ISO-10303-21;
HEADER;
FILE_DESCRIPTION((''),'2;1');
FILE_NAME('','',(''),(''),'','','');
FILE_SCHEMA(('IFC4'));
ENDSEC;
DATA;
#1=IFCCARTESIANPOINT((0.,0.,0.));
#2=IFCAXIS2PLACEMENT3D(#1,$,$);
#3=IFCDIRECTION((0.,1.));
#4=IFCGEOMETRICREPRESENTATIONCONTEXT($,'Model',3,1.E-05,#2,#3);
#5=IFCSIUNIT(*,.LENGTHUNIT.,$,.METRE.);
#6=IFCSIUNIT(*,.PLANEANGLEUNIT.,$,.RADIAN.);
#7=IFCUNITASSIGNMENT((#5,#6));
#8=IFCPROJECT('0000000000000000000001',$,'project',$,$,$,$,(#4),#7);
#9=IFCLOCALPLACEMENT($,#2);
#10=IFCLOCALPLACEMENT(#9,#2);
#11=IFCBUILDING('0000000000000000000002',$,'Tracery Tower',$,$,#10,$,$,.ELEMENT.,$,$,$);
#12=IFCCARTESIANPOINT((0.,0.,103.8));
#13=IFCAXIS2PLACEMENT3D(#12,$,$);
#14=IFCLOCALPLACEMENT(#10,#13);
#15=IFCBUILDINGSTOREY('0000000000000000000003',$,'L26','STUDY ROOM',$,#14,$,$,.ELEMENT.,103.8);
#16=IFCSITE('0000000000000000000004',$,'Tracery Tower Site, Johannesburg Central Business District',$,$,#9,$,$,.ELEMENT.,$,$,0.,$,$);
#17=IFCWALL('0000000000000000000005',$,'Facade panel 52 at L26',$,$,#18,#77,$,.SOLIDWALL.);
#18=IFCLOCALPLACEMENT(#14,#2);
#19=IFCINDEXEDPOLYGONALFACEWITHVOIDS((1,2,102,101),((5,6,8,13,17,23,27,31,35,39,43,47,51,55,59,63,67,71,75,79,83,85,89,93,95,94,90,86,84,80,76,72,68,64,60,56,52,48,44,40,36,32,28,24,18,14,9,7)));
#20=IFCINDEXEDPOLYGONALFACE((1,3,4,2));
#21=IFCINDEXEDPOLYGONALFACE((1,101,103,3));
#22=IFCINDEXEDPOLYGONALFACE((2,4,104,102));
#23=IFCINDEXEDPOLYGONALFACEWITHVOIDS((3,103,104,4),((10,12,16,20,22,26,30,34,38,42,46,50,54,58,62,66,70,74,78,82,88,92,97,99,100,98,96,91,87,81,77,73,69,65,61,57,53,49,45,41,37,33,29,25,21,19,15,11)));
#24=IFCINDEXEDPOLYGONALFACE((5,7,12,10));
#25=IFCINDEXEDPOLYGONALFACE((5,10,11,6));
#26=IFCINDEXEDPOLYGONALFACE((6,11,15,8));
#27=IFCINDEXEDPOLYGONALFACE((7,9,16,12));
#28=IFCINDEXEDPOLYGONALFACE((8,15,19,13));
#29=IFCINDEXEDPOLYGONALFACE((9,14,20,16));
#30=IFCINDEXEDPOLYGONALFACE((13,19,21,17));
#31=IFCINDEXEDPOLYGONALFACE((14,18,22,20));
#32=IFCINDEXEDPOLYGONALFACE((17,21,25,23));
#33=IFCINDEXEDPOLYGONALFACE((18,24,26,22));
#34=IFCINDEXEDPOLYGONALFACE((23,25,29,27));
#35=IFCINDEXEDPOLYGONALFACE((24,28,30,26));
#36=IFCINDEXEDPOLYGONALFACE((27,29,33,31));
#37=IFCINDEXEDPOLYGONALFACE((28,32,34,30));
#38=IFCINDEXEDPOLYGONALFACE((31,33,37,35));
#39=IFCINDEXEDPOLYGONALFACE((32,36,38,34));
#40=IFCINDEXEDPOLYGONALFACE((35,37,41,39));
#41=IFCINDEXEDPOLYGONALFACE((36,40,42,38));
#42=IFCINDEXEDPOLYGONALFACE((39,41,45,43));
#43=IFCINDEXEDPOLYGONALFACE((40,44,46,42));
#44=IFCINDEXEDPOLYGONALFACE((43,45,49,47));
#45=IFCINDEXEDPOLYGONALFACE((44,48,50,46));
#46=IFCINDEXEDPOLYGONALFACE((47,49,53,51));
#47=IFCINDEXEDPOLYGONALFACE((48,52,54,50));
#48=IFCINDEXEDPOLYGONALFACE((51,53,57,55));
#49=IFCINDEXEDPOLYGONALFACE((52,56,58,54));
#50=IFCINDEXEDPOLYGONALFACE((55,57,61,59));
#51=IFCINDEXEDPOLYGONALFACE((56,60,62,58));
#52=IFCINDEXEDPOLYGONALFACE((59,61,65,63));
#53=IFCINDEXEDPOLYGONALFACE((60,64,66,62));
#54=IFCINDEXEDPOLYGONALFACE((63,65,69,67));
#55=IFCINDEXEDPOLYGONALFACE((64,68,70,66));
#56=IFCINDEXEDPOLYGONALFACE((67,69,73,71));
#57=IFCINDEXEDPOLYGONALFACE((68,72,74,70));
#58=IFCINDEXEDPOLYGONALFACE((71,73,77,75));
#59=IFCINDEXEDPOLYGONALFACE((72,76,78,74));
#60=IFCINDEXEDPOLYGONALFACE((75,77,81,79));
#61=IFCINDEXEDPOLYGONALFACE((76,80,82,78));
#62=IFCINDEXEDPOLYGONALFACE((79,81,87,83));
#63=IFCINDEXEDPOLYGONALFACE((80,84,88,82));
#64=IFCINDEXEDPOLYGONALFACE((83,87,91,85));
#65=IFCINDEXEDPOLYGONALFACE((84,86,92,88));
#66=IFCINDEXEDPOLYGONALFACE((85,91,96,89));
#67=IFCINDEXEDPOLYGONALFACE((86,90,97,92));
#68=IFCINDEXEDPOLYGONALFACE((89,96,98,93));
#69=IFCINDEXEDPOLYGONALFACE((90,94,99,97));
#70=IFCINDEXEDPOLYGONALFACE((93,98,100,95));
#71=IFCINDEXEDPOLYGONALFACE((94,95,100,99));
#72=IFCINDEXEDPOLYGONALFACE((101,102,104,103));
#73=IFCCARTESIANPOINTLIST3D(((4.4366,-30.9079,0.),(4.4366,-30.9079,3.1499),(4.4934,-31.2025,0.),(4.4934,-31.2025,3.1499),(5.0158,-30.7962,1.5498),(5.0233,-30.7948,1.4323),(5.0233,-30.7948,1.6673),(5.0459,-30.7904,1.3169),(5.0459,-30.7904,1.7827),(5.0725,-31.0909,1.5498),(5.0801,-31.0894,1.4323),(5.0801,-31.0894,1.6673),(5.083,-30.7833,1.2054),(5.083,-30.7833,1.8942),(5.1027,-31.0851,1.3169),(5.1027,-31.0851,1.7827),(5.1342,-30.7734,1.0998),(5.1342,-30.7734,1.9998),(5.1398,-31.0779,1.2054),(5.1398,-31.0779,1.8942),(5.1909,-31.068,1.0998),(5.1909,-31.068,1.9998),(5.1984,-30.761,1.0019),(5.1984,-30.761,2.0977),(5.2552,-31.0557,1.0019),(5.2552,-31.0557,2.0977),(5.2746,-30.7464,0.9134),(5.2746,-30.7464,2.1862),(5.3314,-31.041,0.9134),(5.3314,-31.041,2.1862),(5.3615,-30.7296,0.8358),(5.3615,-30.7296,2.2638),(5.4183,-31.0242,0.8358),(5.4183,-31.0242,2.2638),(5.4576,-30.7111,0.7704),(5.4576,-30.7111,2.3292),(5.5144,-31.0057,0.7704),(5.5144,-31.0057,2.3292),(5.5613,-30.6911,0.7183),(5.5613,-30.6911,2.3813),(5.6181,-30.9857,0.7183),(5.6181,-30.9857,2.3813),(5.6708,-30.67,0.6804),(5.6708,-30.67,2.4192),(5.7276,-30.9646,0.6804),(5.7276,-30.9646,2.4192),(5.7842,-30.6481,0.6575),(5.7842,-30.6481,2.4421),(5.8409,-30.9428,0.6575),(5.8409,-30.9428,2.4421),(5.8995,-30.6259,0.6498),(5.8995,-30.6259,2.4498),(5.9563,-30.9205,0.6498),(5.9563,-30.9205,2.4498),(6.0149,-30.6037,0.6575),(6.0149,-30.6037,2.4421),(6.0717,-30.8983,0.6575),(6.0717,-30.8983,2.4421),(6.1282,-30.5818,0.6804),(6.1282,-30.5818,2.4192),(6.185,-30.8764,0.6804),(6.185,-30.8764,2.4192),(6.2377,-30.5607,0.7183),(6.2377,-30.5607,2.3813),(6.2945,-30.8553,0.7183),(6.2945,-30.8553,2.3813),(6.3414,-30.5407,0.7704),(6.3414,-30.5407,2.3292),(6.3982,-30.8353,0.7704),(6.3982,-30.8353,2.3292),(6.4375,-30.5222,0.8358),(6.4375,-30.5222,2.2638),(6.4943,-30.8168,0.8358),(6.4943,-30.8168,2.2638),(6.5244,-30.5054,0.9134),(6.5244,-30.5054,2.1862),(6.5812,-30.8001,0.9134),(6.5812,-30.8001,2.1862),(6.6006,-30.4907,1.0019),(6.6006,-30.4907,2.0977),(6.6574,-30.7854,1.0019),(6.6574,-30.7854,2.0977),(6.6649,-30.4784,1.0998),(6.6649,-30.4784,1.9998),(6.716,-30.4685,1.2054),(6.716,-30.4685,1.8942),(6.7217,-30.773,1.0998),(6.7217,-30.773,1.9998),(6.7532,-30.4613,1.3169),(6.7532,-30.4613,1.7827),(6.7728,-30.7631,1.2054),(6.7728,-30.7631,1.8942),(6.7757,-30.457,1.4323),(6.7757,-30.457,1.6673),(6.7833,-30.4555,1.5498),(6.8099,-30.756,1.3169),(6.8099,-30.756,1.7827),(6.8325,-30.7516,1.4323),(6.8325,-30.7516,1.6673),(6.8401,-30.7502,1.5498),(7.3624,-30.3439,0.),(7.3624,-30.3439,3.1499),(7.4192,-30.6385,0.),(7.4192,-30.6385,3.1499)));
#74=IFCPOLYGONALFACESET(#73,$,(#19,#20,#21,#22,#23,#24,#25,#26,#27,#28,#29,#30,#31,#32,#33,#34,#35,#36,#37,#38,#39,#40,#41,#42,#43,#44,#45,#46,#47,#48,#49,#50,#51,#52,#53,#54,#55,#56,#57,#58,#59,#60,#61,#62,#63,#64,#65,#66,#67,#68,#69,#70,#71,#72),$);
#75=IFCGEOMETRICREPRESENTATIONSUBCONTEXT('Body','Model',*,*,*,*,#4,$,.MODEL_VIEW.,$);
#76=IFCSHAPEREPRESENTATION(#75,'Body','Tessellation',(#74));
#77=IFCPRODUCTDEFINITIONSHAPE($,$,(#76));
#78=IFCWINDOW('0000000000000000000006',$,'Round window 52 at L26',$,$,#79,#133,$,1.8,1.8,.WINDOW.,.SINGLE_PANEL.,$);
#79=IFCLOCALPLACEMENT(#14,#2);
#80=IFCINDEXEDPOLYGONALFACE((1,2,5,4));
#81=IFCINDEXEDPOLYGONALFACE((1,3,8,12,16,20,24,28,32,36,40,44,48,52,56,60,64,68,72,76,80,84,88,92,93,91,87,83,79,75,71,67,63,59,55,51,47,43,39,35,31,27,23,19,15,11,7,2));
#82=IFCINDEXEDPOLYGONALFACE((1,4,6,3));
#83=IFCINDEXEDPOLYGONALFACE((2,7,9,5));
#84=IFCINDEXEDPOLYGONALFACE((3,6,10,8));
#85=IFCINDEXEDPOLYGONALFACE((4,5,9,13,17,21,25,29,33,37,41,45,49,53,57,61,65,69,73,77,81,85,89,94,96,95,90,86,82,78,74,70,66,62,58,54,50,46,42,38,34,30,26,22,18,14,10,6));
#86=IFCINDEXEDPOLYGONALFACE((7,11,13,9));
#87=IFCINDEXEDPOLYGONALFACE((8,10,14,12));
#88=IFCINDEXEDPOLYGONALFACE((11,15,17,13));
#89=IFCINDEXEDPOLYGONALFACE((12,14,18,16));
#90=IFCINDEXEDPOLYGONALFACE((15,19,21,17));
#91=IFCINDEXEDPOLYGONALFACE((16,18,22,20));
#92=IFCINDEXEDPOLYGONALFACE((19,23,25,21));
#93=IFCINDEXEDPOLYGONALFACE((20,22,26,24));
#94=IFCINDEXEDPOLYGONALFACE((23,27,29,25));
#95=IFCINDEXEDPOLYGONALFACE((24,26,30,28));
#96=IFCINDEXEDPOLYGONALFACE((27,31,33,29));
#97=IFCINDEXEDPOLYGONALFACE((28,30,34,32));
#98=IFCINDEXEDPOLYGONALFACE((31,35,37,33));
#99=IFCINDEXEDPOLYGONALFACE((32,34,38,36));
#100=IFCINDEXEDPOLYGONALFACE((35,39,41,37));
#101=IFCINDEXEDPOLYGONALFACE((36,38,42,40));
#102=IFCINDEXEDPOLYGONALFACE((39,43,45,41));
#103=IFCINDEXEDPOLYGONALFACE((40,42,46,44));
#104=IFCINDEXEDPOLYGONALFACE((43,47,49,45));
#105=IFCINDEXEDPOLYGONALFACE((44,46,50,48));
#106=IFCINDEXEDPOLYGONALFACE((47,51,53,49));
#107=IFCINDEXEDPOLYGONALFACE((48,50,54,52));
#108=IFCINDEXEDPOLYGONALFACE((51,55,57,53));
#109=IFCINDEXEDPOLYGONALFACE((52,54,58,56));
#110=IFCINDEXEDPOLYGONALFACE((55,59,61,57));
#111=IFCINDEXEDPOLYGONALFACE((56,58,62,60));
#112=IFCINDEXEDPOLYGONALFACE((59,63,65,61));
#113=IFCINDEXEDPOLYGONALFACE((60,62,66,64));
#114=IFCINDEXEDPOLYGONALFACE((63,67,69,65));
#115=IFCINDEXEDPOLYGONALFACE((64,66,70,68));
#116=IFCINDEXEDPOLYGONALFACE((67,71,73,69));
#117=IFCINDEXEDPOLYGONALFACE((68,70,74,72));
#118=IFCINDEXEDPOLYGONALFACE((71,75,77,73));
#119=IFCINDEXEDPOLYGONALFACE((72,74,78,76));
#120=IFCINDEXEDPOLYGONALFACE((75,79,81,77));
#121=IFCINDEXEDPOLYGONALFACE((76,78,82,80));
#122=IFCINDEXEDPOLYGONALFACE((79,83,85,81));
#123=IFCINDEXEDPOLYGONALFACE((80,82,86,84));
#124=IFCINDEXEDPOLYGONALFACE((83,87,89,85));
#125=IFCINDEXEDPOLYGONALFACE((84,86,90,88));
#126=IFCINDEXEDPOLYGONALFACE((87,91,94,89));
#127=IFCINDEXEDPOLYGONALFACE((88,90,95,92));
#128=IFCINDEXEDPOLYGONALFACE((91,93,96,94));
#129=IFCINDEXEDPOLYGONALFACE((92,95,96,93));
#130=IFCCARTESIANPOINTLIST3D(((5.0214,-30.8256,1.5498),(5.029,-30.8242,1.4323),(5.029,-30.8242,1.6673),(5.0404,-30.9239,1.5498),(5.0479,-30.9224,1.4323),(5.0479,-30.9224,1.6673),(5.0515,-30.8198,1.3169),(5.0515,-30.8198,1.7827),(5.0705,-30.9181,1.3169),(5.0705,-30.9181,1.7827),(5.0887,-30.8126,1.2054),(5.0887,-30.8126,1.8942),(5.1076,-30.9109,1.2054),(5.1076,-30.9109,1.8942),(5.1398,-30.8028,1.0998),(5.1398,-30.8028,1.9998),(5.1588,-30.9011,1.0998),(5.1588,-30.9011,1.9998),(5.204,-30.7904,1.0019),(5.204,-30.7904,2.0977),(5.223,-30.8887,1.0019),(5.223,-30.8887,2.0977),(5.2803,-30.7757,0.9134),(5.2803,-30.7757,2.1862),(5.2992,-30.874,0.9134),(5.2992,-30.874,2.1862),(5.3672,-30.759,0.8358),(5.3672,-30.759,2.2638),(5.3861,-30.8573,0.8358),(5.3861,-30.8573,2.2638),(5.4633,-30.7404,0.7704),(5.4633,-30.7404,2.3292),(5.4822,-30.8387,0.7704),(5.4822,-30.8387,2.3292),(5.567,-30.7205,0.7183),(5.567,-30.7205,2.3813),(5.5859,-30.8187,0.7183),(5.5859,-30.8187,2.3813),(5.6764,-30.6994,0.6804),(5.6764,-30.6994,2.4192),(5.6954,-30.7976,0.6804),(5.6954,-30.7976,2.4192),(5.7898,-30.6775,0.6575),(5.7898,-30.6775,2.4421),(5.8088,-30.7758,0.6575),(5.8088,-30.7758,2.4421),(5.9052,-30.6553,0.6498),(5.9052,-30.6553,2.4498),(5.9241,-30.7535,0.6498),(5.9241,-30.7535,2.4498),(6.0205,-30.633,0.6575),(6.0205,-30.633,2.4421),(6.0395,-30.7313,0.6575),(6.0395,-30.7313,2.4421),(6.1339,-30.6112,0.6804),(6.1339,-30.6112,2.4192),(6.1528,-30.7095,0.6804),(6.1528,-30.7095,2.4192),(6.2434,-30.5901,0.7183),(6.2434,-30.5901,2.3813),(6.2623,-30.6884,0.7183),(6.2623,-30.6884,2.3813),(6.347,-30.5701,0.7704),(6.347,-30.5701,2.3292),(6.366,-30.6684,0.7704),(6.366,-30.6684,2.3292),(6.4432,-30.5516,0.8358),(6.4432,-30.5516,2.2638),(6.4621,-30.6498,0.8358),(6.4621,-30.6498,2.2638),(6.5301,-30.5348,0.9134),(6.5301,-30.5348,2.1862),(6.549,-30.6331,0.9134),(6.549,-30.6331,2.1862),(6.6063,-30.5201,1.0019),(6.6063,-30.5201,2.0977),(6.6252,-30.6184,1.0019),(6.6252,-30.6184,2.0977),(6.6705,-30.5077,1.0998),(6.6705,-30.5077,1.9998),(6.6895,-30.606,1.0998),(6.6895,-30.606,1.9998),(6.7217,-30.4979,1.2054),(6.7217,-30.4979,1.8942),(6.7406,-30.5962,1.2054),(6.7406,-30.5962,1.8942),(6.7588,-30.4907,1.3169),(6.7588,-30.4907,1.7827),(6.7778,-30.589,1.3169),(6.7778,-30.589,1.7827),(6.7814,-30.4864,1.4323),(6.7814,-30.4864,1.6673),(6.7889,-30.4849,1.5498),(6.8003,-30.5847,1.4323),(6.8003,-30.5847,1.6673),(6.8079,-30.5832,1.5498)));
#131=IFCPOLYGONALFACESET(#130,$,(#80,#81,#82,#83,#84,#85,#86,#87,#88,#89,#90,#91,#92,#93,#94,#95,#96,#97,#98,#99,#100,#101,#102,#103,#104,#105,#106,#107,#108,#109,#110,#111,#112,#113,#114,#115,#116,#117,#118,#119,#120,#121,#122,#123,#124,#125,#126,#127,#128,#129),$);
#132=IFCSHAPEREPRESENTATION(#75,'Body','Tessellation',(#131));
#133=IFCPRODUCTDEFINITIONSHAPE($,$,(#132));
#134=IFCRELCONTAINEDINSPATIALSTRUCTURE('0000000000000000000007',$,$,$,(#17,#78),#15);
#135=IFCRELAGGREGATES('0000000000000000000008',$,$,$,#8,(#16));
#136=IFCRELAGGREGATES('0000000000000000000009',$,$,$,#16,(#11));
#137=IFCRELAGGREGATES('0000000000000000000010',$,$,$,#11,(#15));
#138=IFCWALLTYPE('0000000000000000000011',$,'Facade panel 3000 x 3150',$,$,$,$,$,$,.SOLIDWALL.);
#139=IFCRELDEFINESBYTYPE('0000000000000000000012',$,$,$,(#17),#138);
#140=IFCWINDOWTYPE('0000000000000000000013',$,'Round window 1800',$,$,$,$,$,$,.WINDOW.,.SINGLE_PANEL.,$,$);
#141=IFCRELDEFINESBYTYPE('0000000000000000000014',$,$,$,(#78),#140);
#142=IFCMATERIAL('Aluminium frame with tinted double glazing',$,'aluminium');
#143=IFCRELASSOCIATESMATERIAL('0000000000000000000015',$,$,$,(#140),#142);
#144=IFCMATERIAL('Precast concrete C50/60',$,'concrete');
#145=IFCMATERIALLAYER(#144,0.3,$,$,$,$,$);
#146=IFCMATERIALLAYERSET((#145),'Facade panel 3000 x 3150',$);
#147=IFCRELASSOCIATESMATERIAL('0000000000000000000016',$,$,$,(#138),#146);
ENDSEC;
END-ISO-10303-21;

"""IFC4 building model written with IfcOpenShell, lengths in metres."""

from ifc_helpers import new_model, si_unit, direction, frame, frame_2d, origin, origin_2d, place, context, subcontext, project, spatial, rectangle, circle, extrude, material, layer, layer_set, type_object, element, fill, save


model = new_model("IFC4")

# Units and contexts
model_context = context("Model", 3, precision=1e-05, world=origin(), true_north=direction((0.0, 1.0)))
body_context = subcontext(model_context, "Body", "Model", "MODEL_VIEW")
ifc_project = project(units=[si_unit("LENGTHUNIT", "METRE"), si_unit("PLANEANGLEUNIT", "RADIAN")], contexts=[model_context])

# Site, building, storey
site_placement = place(None, origin())
site = spatial("IfcSite", under=ifc_project, at=site_placement, Name="Tracery Tower Site, Johannesburg Central Business District", CompositionType="ELEMENT", RefElevation=0.0)
building_placement = place(site_placement, origin())
building = spatial("IfcBuilding", under=site, at=building_placement, Name="Tracery Tower", CompositionType="ELEMENT")
storey_placement = place(building_placement, frame((0.0, 0.0, 103.8)))
storey = spatial("IfcBuildingStorey", under=building, at=storey_placement, Name="L26", Description="STUDY ROOM", CompositionType="ELEMENT", Elevation=103.8)

# Wall, opening, window
ifc_material_1 = material(Name="Aluminium frame with tinted double glazing", Category="aluminium")
window_type = type_object("IfcWindowType", Name="Round window 1800", PartitioningType="SINGLE_PANEL", PredefinedType="WINDOW", material=ifc_material_1)
ifc_material_2 = material(Name="Precast concrete C50/60", Category="concrete")
ifc_layer_1 = layer(ifc_material_2, 0.3)
ifc_layer_set_1 = layer_set([ifc_layer_1], Name="Facade panel 3000 x 3150")
wall_type_1 = type_object("IfcWallType", Name="Facade panel 3000 x 3150", PredefinedType="SOLIDWALL", material=ifc_layer_set_1)
wall_1_placement = place(storey_placement, frame((4.4651, -31.0552, 0.0), z_axis=(0.0, 0.0, 1.0), x_axis=(0.981925, 0.189273, 0.0)))
wall_1 = element("IfcWall", 1, at=wall_1_placement, inside=storey, type_object=wall_type_1, Name="Facade panel 52 at L26", PredefinedType="SOLIDWALL", context=body_context, shape_type="SweptSolid", body=[
    extrude(rectangle(XDim=2.9797, YDim=0.3, at=frame_2d((1.4897, 0.0))), origin(), (0.0, 0.0, 1.0), 3.1499),
])
opening_1_placement = place(wall_1_placement, frame((1.4897, 0.0, 1.5498)))
opening_1 = element("IfcOpeningElement", 2, at=opening_1_placement, cuts=wall_1, PredefinedType="OPENING", context=body_context, shape_type="SweptSolid", body=[
    extrude(circle(Radius=0.9, at=origin_2d()), frame((0.0, 0.1599, 0.0), z_axis=(0.0, -1.0, 0.0), x_axis=(1.0, 0.0, 0.0)), (0.0, 0.0, 1.0), 0.3201),
])
window_1_placement = place(opening_1_placement, origin())
window_1 = element("IfcWindow", 3, at=window_1_placement, inside=storey, type_object=window_type, Name="Round window 52 at L26", OverallHeight=1.8, OverallWidth=1.8, PartitioningType="SINGLE_PANEL", PredefinedType="WINDOW", context=body_context, shape_type="SweptSolid", body=[
    extrude(circle(Radius=0.9, at=origin_2d()), frame((0.0, 0.1201, 0.0), z_axis=(0.0, -1.0, 0.0), x_axis=(1.0, 0.0, 0.0)), (0.0, 0.0, 1.0), 0.1001),
])
fill(opening_1, window_1)

save(model, "model.ifc")
